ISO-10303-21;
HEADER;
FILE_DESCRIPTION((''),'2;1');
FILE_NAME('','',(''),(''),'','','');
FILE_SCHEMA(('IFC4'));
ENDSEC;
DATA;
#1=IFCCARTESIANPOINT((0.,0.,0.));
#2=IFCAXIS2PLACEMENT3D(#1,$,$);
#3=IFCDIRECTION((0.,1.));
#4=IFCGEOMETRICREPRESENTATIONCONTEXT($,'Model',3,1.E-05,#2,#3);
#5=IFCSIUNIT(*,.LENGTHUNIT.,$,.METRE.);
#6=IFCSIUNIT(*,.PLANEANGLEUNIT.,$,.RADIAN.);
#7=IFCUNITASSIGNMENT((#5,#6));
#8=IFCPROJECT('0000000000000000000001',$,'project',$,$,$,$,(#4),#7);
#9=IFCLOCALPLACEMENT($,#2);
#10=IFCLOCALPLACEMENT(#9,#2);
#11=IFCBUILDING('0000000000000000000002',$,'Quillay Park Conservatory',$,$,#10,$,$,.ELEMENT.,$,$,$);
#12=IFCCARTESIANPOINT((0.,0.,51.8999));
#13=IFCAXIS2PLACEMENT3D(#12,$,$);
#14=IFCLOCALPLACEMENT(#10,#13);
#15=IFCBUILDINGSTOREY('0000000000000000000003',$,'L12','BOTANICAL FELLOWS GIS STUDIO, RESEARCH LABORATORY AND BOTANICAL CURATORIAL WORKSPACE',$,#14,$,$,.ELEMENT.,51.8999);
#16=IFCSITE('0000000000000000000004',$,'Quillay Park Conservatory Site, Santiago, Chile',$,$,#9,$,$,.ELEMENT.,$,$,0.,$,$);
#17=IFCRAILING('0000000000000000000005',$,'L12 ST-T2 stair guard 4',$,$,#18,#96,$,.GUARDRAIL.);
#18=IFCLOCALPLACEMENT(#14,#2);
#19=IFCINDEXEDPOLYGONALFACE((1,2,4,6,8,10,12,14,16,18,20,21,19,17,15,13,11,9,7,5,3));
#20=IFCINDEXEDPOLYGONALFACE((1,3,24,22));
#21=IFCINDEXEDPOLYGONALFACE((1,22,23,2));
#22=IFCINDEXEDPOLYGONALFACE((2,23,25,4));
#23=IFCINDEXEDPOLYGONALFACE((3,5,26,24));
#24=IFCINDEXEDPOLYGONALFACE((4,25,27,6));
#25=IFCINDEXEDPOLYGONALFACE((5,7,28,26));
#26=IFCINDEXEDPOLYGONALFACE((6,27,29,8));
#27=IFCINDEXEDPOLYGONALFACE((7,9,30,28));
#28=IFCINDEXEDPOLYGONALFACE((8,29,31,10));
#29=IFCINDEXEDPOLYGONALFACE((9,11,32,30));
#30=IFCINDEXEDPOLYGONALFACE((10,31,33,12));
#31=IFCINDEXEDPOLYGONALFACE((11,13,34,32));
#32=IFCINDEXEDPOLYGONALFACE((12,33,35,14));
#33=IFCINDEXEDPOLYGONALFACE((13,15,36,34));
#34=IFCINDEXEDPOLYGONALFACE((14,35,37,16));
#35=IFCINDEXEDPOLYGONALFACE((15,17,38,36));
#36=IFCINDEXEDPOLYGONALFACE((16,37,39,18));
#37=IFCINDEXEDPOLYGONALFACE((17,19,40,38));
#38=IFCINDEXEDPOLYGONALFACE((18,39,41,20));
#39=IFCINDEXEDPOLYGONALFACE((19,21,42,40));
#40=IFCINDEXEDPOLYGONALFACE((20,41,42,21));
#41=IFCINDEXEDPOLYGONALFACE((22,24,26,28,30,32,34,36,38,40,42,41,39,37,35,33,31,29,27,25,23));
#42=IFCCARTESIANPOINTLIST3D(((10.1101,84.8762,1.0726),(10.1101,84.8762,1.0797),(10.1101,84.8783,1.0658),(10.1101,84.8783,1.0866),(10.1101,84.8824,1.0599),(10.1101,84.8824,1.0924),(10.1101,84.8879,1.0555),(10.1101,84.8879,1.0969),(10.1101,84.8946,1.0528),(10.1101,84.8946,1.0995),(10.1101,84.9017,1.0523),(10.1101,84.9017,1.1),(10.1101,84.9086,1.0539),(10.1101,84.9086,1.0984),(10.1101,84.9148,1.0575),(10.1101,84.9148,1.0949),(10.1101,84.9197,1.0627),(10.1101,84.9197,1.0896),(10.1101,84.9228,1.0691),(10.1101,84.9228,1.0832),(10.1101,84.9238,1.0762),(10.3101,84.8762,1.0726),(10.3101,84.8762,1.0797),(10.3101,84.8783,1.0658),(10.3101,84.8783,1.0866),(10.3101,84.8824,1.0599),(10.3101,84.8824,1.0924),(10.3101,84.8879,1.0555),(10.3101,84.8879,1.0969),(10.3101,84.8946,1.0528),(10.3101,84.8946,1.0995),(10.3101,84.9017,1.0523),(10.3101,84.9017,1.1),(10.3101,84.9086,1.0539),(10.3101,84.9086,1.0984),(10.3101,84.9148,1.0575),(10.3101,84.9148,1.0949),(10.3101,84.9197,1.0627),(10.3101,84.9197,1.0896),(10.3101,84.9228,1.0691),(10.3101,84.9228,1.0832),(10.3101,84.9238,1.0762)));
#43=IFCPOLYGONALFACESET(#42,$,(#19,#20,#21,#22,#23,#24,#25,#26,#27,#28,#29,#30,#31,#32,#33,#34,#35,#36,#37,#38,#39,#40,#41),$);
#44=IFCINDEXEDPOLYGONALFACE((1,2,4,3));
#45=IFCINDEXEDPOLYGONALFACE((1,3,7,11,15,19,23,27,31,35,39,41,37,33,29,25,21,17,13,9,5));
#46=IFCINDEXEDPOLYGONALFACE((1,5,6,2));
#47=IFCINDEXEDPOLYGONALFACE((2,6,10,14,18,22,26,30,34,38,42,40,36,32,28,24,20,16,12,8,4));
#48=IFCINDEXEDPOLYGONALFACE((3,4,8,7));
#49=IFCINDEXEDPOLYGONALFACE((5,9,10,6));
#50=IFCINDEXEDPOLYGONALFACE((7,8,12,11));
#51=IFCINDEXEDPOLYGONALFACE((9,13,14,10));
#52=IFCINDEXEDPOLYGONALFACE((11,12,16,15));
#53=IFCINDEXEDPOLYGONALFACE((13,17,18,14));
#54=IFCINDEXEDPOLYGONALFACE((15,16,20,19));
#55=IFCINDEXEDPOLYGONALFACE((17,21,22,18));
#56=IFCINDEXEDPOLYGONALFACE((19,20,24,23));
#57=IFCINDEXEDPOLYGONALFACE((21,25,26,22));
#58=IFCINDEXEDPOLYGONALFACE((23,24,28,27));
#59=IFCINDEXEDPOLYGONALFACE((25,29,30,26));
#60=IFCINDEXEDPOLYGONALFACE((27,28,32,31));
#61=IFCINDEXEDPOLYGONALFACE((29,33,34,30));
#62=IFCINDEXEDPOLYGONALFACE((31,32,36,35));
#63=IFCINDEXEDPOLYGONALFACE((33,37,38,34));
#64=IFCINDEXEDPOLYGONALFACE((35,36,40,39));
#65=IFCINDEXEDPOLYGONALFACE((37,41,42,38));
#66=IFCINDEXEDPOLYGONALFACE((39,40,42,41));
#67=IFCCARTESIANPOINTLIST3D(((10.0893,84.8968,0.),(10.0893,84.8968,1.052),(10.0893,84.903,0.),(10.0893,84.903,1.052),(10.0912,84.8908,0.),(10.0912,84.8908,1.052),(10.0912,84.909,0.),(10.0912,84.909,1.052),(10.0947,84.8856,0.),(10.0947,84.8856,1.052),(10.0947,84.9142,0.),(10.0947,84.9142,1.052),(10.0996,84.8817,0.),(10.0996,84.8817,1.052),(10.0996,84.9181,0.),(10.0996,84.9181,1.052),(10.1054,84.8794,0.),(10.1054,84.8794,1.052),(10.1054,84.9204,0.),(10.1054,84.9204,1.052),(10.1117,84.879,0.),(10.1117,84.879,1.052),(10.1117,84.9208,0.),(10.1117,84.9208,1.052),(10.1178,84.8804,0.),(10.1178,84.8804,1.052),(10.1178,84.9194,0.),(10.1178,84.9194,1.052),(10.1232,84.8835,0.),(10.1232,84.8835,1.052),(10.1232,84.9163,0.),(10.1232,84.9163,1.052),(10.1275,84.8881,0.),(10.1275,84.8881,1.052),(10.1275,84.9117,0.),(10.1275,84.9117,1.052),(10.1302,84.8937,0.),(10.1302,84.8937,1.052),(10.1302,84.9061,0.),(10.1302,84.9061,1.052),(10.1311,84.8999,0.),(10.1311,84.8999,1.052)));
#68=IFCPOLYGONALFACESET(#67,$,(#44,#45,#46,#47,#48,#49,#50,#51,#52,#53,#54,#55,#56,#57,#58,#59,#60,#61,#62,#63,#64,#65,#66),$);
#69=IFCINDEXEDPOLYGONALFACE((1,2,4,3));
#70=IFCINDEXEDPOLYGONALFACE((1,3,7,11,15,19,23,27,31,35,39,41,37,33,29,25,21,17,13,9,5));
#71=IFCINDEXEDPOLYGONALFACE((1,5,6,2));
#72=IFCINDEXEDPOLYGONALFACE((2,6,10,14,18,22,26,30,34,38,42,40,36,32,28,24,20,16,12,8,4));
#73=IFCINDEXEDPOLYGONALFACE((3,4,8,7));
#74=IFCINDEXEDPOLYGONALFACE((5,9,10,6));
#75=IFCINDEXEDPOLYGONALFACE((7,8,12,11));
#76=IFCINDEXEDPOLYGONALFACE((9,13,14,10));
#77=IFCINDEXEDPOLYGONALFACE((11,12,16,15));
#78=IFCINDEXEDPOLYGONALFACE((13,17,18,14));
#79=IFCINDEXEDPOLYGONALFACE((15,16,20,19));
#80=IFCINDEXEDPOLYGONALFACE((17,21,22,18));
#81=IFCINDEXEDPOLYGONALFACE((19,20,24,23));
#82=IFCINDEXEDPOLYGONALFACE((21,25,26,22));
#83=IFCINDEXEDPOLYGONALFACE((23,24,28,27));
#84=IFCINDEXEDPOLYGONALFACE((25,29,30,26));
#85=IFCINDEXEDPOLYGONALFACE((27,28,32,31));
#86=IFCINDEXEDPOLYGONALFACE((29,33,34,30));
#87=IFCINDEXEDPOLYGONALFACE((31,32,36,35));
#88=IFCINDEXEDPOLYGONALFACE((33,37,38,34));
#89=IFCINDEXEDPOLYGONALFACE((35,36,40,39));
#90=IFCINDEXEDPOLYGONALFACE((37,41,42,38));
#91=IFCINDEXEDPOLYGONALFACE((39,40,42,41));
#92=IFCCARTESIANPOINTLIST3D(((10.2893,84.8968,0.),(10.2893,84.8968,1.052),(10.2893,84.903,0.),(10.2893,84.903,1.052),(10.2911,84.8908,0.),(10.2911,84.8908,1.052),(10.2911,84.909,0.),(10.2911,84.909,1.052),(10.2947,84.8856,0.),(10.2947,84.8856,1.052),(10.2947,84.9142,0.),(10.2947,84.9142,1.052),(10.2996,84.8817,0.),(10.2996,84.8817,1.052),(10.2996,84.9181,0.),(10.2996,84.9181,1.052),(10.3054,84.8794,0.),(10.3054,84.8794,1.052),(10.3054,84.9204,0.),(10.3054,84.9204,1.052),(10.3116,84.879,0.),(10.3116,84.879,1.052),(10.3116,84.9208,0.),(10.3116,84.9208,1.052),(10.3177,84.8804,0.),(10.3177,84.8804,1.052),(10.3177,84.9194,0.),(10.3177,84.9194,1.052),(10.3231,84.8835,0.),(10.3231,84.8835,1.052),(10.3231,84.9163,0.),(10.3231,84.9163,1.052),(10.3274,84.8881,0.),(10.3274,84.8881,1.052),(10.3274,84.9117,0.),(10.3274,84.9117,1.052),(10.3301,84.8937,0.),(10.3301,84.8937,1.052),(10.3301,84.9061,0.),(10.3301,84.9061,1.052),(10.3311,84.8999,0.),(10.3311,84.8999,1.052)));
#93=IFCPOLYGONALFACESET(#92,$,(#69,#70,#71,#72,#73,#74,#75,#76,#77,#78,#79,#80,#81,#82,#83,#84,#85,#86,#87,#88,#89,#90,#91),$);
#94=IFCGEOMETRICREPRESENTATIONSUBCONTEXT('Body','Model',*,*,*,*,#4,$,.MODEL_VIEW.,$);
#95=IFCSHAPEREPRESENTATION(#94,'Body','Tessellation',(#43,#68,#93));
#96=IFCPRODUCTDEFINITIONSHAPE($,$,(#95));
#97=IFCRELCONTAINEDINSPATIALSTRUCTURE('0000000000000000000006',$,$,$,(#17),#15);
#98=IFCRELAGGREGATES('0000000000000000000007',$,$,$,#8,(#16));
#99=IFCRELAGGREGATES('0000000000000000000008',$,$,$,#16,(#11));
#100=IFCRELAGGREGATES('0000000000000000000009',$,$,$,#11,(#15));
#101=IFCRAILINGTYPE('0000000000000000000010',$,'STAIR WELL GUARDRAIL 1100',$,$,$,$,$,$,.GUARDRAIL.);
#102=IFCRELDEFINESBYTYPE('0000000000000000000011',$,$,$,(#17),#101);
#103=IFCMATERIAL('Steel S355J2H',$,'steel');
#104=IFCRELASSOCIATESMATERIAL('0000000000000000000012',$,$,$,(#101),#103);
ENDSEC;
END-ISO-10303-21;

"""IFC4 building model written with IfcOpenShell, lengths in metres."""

from ifc_helpers import new_model, si_unit, direction, frame, origin, origin_2d, place, context, subcontext, project, spatial, circle, extrude, material, type_object, element, save


model = new_model("IFC4")

# Units and contexts
model_context = context("Model", 3, precision=1e-05, world=origin(), true_north=direction((0.0, 1.0)))
body_context = subcontext(model_context, "Body", "Model", "MODEL_VIEW")
ifc_project = project(units=[si_unit("LENGTHUNIT", "METRE"), si_unit("PLANEANGLEUNIT", "RADIAN")], contexts=[model_context])

# Site, building, storey
site_placement = place(None, origin())
site = spatial("IfcSite", under=ifc_project, at=site_placement, Name="Quillay Park Conservatory Site, Santiago, Chile", CompositionType="ELEMENT", RefElevation=0.0)
building_placement = place(site_placement, origin())
building = spatial("IfcBuilding", under=site, at=building_placement, Name="Quillay Park Conservatory", CompositionType="ELEMENT")
storey_placement = place(building_placement, frame((0.0, 0.0, 51.8999)))
storey = spatial("IfcBuildingStorey", under=building, at=storey_placement, Name="L12", Description="BOTANICAL FELLOWS GIS STUDIO, RESEARCH LABORATORY AND BOTANICAL CURATORIAL WORKSPACE", CompositionType="ELEMENT", Elevation=51.8999)

# Railing
ifc_material_1 = material(Name="Steel S355J2H", Category="steel")
railing_type_1 = type_object("IfcRailingType", Name="STAIR WELL GUARDRAIL 1100", PredefinedType="GUARDRAIL", material=ifc_material_1)
railing_1_placement = place(storey_placement, frame((10.1101, 84.8999, 0.0)))
element("IfcRailing", 1, at=railing_1_placement, inside=storey, type_object=railing_type_1, Name="L12 ST-T2 stair guard 4", PredefinedType="GUARDRAIL", context=body_context, shape_type="SweptSolid", body=[
    extrude(circle(Radius=0.0239, at=origin_2d()), frame((0.0, 0.0, 1.0762), z_axis=(1.0, 0.0, 0.0), x_axis=(0.0, 1.0, 0.0)), (0.0, 0.0, 1.0), 0.2),
    extrude(circle(Radius=0.021, at=origin_2d()), origin(), (0.0, 0.0, 1.0), 1.052),
    extrude(circle(Radius=0.021, at=origin_2d()), frame((0.2, 0.0, 0.0)), (0.0, 0.0, 1.0), 1.052),
])

save(model, "model.ifc")
